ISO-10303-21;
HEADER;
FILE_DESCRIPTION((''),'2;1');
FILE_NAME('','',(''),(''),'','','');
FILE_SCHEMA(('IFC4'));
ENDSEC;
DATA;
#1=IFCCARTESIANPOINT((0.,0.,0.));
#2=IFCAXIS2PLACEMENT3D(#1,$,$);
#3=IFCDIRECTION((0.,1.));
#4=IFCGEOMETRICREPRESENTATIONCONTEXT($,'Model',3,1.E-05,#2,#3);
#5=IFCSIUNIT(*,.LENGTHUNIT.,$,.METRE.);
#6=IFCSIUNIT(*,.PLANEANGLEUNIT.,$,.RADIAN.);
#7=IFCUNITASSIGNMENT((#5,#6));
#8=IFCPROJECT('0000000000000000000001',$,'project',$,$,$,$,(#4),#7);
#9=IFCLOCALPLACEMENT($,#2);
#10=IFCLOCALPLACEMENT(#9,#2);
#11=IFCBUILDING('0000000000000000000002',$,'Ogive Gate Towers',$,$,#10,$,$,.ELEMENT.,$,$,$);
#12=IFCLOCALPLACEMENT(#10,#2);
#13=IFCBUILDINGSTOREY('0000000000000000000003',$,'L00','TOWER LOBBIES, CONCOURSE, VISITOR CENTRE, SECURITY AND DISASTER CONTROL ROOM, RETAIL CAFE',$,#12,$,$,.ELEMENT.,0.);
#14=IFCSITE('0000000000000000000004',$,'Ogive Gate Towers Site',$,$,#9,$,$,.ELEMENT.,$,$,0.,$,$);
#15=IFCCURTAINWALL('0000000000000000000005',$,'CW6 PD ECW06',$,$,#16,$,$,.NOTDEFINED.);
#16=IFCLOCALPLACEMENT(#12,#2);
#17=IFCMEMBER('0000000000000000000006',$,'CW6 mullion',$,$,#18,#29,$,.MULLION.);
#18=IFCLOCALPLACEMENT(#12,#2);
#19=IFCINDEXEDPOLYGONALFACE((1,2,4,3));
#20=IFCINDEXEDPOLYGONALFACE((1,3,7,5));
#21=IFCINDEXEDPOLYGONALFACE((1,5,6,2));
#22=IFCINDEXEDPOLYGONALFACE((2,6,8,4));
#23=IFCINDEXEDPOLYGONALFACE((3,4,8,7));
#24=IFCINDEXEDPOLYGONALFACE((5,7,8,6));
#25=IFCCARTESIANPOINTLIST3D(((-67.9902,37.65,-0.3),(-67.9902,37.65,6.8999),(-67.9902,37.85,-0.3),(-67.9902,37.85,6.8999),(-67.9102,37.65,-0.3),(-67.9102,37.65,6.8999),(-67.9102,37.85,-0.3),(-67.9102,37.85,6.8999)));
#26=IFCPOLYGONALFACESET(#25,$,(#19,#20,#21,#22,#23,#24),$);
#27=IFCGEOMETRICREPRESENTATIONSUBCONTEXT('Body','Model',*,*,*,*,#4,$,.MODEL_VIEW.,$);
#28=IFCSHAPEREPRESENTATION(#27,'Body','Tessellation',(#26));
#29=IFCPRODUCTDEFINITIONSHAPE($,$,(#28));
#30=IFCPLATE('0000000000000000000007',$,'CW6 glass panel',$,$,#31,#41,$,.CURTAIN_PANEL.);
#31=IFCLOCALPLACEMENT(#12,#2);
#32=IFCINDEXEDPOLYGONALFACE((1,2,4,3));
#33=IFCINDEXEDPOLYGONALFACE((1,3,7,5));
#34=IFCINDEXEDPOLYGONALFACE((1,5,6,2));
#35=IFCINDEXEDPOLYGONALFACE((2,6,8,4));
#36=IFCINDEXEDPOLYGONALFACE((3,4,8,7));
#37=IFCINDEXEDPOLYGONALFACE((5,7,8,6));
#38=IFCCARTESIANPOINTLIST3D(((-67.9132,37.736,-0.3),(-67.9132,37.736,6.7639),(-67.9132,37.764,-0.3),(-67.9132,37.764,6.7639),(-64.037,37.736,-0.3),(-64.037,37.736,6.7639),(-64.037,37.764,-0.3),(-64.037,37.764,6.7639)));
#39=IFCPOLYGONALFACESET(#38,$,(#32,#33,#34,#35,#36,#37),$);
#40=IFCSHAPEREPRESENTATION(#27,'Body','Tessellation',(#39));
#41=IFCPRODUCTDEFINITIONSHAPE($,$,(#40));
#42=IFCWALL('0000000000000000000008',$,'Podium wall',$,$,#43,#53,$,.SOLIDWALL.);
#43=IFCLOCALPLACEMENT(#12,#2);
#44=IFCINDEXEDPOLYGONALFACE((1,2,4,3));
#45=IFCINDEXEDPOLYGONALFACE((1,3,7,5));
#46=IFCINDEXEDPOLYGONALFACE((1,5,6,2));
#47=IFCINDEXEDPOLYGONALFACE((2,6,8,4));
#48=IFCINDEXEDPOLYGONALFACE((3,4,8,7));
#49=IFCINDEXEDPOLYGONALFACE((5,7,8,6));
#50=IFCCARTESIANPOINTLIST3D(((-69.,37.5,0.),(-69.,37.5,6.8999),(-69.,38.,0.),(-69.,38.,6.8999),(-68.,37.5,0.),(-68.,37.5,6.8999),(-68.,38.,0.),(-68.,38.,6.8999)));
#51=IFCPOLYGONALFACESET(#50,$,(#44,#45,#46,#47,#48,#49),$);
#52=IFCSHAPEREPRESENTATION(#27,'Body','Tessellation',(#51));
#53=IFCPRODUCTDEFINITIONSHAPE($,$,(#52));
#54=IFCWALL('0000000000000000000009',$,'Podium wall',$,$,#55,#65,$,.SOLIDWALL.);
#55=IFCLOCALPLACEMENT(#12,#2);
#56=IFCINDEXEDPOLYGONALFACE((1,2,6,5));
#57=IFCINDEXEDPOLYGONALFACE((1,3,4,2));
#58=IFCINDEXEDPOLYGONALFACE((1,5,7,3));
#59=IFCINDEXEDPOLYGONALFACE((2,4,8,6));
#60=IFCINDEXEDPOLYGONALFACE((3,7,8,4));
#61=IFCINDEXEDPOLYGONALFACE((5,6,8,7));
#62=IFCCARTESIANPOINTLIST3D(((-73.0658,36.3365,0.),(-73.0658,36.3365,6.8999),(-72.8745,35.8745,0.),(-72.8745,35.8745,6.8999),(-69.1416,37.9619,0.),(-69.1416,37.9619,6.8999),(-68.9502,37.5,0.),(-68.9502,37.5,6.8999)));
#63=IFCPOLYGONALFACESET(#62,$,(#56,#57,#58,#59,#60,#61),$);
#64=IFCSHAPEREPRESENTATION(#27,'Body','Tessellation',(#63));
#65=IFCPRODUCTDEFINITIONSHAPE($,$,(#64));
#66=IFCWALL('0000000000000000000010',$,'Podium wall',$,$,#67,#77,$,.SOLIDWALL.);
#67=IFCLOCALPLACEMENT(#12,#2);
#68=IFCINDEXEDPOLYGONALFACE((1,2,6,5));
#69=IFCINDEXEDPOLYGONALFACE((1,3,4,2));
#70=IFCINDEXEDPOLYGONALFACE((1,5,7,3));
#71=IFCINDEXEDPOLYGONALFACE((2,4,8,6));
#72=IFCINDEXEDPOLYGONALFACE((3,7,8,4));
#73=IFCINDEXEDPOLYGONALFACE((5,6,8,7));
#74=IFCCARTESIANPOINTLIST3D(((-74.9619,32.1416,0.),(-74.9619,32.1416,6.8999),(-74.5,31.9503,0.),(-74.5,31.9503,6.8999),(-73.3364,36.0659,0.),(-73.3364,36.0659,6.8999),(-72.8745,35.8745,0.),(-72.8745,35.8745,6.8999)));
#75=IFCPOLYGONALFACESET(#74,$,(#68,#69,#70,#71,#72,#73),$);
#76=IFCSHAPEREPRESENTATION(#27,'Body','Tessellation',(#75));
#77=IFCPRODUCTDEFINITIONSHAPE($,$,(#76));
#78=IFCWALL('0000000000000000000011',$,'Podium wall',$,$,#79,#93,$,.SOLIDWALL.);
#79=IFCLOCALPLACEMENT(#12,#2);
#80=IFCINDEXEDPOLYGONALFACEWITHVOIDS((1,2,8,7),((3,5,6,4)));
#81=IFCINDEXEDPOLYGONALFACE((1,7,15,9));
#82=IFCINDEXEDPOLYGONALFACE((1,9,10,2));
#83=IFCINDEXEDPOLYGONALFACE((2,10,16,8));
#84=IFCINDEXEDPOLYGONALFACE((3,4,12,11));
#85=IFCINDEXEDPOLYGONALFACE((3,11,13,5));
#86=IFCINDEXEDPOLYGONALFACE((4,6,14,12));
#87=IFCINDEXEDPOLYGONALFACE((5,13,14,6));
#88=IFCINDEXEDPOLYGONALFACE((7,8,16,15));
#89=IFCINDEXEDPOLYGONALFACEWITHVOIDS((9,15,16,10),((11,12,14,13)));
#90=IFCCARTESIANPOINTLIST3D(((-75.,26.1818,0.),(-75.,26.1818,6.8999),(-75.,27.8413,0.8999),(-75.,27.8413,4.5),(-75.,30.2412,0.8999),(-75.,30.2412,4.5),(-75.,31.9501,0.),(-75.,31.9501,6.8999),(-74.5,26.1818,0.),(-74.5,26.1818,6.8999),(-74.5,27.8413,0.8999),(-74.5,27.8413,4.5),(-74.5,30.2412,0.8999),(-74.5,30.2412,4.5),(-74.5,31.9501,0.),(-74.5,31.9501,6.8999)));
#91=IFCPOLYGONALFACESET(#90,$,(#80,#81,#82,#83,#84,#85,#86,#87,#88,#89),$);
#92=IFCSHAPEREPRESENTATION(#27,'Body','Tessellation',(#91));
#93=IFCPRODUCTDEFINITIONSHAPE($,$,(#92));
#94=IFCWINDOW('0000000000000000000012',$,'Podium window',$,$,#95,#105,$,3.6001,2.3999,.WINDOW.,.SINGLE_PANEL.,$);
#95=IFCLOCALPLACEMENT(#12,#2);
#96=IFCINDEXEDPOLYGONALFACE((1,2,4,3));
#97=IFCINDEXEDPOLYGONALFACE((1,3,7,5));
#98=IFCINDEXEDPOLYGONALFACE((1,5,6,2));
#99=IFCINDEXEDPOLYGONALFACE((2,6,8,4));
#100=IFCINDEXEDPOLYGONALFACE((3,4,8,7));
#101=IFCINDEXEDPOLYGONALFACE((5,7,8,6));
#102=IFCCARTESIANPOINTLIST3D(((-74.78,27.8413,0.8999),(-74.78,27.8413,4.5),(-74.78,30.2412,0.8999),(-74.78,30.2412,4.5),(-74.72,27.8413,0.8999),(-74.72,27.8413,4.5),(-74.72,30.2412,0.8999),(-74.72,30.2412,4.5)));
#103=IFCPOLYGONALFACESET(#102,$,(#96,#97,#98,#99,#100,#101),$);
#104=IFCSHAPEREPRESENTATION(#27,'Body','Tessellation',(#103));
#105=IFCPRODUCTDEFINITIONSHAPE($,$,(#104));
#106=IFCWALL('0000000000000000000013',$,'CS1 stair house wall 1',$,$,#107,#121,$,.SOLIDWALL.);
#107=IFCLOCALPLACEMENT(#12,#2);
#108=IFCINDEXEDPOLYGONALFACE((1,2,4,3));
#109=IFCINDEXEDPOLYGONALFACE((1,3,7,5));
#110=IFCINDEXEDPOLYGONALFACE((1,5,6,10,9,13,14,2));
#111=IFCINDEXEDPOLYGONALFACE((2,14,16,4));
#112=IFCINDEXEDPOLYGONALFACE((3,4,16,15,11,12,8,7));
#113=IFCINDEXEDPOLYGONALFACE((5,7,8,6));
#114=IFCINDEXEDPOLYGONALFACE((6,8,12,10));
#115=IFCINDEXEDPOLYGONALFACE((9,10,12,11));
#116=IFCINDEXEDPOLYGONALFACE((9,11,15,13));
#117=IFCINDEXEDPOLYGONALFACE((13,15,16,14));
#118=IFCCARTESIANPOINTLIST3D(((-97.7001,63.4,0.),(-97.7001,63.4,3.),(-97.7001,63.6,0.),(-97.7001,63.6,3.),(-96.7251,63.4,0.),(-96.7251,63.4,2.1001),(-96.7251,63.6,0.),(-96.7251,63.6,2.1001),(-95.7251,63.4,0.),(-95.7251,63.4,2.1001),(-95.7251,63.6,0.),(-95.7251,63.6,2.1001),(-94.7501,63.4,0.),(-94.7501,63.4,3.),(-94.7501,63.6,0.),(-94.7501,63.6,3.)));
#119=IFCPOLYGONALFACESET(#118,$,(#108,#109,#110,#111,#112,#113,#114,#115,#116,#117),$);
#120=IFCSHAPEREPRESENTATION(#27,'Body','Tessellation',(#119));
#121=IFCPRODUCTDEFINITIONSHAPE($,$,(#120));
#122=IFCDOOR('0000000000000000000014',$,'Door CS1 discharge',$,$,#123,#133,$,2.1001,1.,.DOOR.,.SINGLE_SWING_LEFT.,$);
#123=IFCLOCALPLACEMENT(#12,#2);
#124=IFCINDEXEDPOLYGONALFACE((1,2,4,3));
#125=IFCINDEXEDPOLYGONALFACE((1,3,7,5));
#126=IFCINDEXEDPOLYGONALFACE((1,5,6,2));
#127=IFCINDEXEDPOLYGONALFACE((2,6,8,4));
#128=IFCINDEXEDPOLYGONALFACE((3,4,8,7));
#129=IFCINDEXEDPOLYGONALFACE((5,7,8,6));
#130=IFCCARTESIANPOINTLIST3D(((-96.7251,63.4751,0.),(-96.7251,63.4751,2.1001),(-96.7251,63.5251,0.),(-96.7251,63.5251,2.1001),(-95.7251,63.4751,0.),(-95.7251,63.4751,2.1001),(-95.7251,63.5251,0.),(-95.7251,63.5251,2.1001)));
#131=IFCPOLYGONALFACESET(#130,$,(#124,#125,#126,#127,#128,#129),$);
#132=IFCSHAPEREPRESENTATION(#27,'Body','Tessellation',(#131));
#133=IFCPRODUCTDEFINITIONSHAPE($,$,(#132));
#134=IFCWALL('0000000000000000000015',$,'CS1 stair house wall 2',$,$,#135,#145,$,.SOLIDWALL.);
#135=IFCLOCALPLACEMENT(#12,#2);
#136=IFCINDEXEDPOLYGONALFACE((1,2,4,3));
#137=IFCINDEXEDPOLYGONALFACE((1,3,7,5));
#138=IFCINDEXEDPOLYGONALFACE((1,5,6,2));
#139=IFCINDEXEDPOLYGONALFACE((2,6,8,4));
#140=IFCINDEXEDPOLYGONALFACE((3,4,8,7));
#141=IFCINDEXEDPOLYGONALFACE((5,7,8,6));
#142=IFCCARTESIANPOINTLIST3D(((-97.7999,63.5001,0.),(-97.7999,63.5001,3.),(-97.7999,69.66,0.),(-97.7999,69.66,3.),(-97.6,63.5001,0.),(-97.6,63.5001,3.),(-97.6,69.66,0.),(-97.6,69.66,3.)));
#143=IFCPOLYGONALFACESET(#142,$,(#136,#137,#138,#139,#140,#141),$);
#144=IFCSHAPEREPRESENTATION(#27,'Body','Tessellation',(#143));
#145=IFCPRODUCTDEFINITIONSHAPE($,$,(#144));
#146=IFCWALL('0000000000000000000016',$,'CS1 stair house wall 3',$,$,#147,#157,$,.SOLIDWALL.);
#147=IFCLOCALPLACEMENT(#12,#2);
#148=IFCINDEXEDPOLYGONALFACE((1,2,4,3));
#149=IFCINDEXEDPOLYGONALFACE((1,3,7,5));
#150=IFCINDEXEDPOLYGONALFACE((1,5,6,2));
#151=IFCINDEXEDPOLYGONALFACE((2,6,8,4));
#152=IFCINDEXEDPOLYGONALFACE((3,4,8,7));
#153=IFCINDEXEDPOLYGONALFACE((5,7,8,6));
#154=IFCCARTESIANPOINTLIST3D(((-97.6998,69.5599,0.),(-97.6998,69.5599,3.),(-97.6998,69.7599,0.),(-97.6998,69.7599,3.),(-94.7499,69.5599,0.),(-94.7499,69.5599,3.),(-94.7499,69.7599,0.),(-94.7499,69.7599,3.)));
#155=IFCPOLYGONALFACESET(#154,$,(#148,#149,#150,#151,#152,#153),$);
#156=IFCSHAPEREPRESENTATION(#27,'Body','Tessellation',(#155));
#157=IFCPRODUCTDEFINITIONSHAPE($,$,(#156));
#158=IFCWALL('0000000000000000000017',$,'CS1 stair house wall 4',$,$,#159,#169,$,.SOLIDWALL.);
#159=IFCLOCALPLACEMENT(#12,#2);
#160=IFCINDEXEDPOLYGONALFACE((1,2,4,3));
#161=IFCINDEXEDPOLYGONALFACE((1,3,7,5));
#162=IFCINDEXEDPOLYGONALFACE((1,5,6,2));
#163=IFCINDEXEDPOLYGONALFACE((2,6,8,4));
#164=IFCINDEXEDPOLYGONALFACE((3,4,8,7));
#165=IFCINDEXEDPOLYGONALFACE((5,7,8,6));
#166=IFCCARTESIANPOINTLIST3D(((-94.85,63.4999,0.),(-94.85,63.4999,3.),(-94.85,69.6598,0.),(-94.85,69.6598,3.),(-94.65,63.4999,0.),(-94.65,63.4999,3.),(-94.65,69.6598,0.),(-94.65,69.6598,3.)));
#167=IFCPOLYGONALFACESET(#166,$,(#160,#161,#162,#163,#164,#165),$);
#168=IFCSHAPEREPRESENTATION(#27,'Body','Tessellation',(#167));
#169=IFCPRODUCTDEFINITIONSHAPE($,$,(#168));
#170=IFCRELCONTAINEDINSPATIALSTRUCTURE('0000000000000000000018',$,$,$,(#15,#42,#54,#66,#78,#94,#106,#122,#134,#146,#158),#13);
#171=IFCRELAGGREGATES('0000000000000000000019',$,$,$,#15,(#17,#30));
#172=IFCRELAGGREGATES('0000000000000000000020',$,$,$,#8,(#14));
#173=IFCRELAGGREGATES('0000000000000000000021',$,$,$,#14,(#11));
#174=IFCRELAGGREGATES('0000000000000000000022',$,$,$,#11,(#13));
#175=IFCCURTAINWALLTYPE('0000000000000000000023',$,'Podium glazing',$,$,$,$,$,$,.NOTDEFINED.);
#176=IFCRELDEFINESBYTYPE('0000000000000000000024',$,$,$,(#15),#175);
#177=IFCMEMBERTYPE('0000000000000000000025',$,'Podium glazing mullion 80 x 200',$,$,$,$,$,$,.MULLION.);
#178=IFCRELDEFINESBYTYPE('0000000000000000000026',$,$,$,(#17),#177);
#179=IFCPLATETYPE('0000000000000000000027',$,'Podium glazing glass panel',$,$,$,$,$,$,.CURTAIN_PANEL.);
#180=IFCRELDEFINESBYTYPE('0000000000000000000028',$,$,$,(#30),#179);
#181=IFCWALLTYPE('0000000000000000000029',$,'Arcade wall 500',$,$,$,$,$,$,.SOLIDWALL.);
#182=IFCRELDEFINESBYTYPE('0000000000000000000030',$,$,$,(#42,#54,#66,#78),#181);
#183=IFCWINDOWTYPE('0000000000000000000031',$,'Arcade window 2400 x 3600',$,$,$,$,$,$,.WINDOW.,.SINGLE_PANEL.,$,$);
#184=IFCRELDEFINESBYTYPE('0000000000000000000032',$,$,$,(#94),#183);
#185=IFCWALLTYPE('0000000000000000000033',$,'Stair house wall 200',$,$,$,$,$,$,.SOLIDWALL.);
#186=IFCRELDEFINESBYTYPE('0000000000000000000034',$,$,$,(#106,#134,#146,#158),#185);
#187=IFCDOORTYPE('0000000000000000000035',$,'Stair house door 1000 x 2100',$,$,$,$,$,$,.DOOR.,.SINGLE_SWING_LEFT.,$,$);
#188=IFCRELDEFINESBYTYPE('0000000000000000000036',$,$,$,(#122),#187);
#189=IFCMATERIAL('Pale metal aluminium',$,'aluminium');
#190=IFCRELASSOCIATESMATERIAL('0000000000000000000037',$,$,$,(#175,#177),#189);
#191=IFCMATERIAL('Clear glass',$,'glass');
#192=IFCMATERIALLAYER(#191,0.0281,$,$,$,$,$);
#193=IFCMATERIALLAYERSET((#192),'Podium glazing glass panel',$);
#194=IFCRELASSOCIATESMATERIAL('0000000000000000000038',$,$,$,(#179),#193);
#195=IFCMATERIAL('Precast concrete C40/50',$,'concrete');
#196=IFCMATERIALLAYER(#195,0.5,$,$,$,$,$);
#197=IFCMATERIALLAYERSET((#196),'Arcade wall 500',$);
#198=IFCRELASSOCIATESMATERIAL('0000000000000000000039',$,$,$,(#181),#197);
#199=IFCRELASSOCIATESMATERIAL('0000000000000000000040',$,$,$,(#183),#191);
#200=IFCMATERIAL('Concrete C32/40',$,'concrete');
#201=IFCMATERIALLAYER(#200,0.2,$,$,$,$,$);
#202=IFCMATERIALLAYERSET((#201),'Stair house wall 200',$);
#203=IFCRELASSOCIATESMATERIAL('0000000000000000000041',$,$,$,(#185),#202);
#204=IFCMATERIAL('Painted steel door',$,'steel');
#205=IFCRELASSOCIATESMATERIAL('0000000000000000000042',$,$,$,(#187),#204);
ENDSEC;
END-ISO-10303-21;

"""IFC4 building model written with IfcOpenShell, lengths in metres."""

from ifc_helpers import new_model, si_unit, direction, frame, frame_2d, origin, origin_2d, place, context, subcontext, project, spatial, rectangle, extrude, material, layer, layer_set, material_profile, profile_set, type_object, element, fill, aggregate, save


model = new_model("IFC4")

# Units and contexts
model_context = context("Model", 3, precision=1e-05, world=origin(), true_north=direction((0.0, 1.0)))
body_context = subcontext(model_context, "Body", "Model", "MODEL_VIEW")
ifc_project = project(units=[si_unit("LENGTHUNIT", "METRE"), si_unit("PLANEANGLEUNIT", "RADIAN")], contexts=[model_context])

# Site, building, storey
site_placement = place(None, origin())
site = spatial("IfcSite", under=ifc_project, at=site_placement, Name="Ogive Gate Towers Site", CompositionType="ELEMENT", RefElevation=0.0)
building_placement = place(site_placement, origin())
building = spatial("IfcBuilding", under=site, at=building_placement, Name="Ogive Gate Towers", CompositionType="ELEMENT")
storey_placement = place(building_placement, origin())
storey = spatial("IfcBuildingStorey", under=building, at=storey_placement, Name="L00", Description="TOWER LOBBIES, CONCOURSE, VISITOR CENTRE, SECURITY AND DISASTER CONTROL ROOM, RETAIL CAFE", CompositionType="ELEMENT", Elevation=0.0)

# Shared definitions
ifc_material_1 = material(Name="Precast concrete C40/50", Category="concrete")

# Curtain wall, member, plate
ifc_material_2 = material(Name="Pale metal aluminium", Category="aluminium")
curtain_wall_type = type_object("IfcCurtainWallType", Name="Podium glazing", PredefinedType="NOTDEFINED", material=ifc_material_2)
curtain_wall_placement = place(storey_placement, origin())
curtain_wall = element("IfcCurtainWall", 1, at=curtain_wall_placement, inside=storey, type_object=curtain_wall_type, Name="CW6 PD ECW06", PredefinedType="NOTDEFINED")
ifc_material_profile_1 = material_profile(ifc_material_2, rectangle(XDim=0.2, YDim=0.0801, at=origin_2d()), Name="80 x 200 aluminium box")
ifc_profile_set_1 = profile_set([ifc_material_profile_1], Name="Pale metal aluminium")
member_type_1 = type_object("IfcMemberType", Name="Podium glazing mullion 80 x 200", PredefinedType="MULLION", material=ifc_profile_set_1)
member_1_placement = place(storey_placement, frame((-67.9502, 37.75, -0.3), z_axis=(0.0, 0.0, 1.0), x_axis=(0.0, 1.0, 0.0)))
member_1 = element("IfcMember", 2, at=member_1_placement, type_object=member_type_1, Name="CW6 mullion", PredefinedType="MULLION", context=body_context, shape_type="SweptSolid", body=[
    extrude(rectangle(XDim=0.2, YDim=0.0801, at=origin_2d()), origin(), (0.0, 0.0, 1.0), 7.2),
])
ifc_material_3 = material(Name="Clear glass", Category="glass")
ifc_layer_1 = layer(ifc_material_3, 0.0281)
ifc_layer_set_1 = layer_set([ifc_layer_1], Name="Podium glazing glass panel")
plate_type = type_object("IfcPlateType", Name="Podium glazing glass panel", PredefinedType="CURTAIN_PANEL", material=ifc_layer_set_1)
plate_placement = place(storey_placement, frame((-65.9751, 37.75, -0.3), z_axis=(0.0, 0.0, 1.0), x_axis=(-1.0, 0.0, 0.0)))
plate = element("IfcPlate", 3, at=plate_placement, type_object=plate_type, Name="CW6 glass panel", PredefinedType="CURTAIN_PANEL", context=body_context, shape_type="SweptSolid", body=[
    extrude(rectangle(XDim=3.8762, YDim=0.0281, at=origin_2d()), origin(), (0.0, 0.0, 1.0), 7.064),
])
aggregate(curtain_wall, [member_1, plate])

# Walls
ifc_layer_2 = layer(ifc_material_1, 0.5)
ifc_layer_set_2 = layer_set([ifc_layer_2], Name="Arcade wall 500")
wall_type_1 = type_object("IfcWallType", Name="Arcade wall 500", PredefinedType="SOLIDWALL", material=ifc_layer_set_2)
wall_1_placement = place(storey_placement, frame((-68.0, 37.75, 0.0), z_axis=(0.0, 0.0, 1.0), x_axis=(-1.0, 0.0, 0.0)))
element("IfcWall", 4, at=wall_1_placement, inside=storey, type_object=wall_type_1, Name="Podium wall", PredefinedType="SOLIDWALL", context=body_context, shape_type="SweptSolid", body=[
    extrude(rectangle(XDim=1.0, YDim=0.5, at=frame_2d((0.5, 0.0))), origin(), (0.0, 0.0, 1.0), 6.8999),
])
for number, where, z_axis, x_axis, name in (
    (5, (-69.0459, 37.731, 0.0), (0.0, 0.0, 1.0), (-0.923881, -0.38268, 0.0), "Podium wall"),
    (6, (-73.1055, 35.9702, 0.0), (0.0, 0.0, 1.0), (-0.38268, -0.923881, 0.0), "Podium wall"),
):
    element("IfcWall", number, at=place(storey_placement, frame(where, z_axis=z_axis, x_axis=x_axis)), inside=storey, type_object=wall_type_1, Name=name, PredefinedType="SOLIDWALL", context=body_context, shape_type="SweptSolid", body=[
        extrude(rectangle(XDim=4.2476, YDim=0.5, at=frame_2d((2.1238, 0.0))), origin(), (0.0, 0.0, 1.0), 6.8999),
    ])

# Wall, opening, window
wall_2_placement = place(storey_placement, frame((-74.75, 31.9502, 0.0), z_axis=(0.0, 0.0, 1.0), x_axis=(0.0, -1.0, 0.0)))
wall_2 = element("IfcWall", 7, at=wall_2_placement, inside=storey, type_object=wall_type_1, Name="Podium wall", PredefinedType="SOLIDWALL", context=body_context, shape_type="SweptSolid", body=[
    extrude(rectangle(XDim=5.7683, YDim=0.5, at=frame_2d((2.8843, 0.0))), origin(), (0.0, 0.0, 1.0), 6.8999),
])
opening_1_placement = place(wall_2_placement, frame((1.709, 0.0, 0.8999)))
opening_1 = element("IfcOpeningElement", 8, at=opening_1_placement, cuts=wall_2, PredefinedType="OPENING", context=body_context, shape_type="SweptSolid", body=[
    extrude(rectangle(XDim=2.3999, YDim=3.6001, at=frame_2d((1.2, 1.8))), frame((0.0, 0.26, 0.0), z_axis=(0.0, -1.0, 0.0), x_axis=(1.0, 0.0, 0.0)), (0.0, 0.0, 1.0), 0.52),
])
window_type = type_object("IfcWindowType", Name="Arcade window 2400 x 3600", PartitioningType="SINGLE_PANEL", PredefinedType="WINDOW", material=ifc_material_3)
window_placement = place(opening_1_placement, origin())
window = element("IfcWindow", 9, at=window_placement, inside=storey, type_object=window_type, Name="Podium window", OverallHeight=3.6001, OverallWidth=2.3999, PartitioningType="SINGLE_PANEL", PredefinedType="WINDOW", context=body_context, shape_type="SweptSolid", body=[
    extrude(rectangle(XDim=2.3999, YDim=3.6001, at=frame_2d((1.2, 1.8))), frame((0.0, 0.03, 0.0), z_axis=(0.0, -1.0, 0.0), x_axis=(1.0, 0.0, 0.0)), (0.0, 0.0, 1.0), 0.0601),
])
fill(opening_1, window)

# Wall, opening, door
ifc_material_4 = material(Name="Concrete C32/40", Category="concrete")
ifc_layer_3 = layer(ifc_material_4, 0.2)
ifc_layer_set_3 = layer_set([ifc_layer_3], Name="Stair house wall 200")
wall_type_2 = type_object("IfcWallType", Name="Stair house wall 200", PredefinedType="SOLIDWALL", material=ifc_layer_set_3)
wall_3_placement = place(storey_placement, frame((-94.75, 63.5, 0.0), z_axis=(0.0, 0.0, 1.0), x_axis=(-1.0, 0.0, 0.0)))
wall_3 = element("IfcWall", 10, at=wall_3_placement, inside=storey, type_object=wall_type_2, Name="CS1 stair house wall 1", PredefinedType="SOLIDWALL", context=body_context, shape_type="SweptSolid", body=[
    extrude(rectangle(XDim=2.95, YDim=0.2, at=frame_2d((1.4751, 0.0))), origin(), (0.0, 0.0, 1.0), 3.0),
])
opening_2_placement = place(wall_3_placement, frame((0.9751, 0.0, 0.0)))
opening_2 = element("IfcOpeningElement", 11, at=opening_2_placement, cuts=wall_3, PredefinedType="OPENING", context=body_context, shape_type="SweptSolid", body=[
    extrude(rectangle(XDim=1.0, YDim=2.1001, at=frame_2d((0.5, 1.05))), frame((0.0, 0.1099, 0.0), z_axis=(0.0, -1.0, 0.0), x_axis=(1.0, 0.0, 0.0)), (0.0, 0.0, 1.0), 0.22),
])
ifc_material_5 = material(Name="Painted steel door", Category="steel")
door_type = type_object("IfcDoorType", Name="Stair house door 1000 x 2100", OperationType="SINGLE_SWING_LEFT", PredefinedType="DOOR", material=ifc_material_5)
door_placement = place(opening_2_placement, origin())
door = element("IfcDoor", 12, at=door_placement, inside=storey, type_object=door_type, Name="Door CS1 discharge", OperationType="SINGLE_SWING_LEFT", OverallHeight=2.1001, OverallWidth=1.0, PredefinedType="DOOR", context=body_context, shape_type="SweptSolid", body=[
    extrude(rectangle(XDim=1.0, YDim=2.1001, at=frame_2d((0.5, 1.05))), frame((0.0, 0.0249, 0.0), z_axis=(0.0, -1.0, 0.0), x_axis=(1.0, 0.0, 0.0)), (0.0, 0.0, 1.0), 0.05),
])
fill(opening_2, door)

# Walls
wall_4_placement = place(storey_placement, frame((-97.7, 63.5, 0.0), z_axis=(0.0, 0.0, 1.0), x_axis=(0.0, 1.0, 0.0)))
element("IfcWall", 13, at=wall_4_placement, inside=storey, type_object=wall_type_2, Name="CS1 stair house wall 2", PredefinedType="SOLIDWALL", context=body_context, shape_type="SweptSolid", body=[
    extrude(rectangle(XDim=6.1599, YDim=0.2, at=frame_2d((3.0801, 0.0))), origin(), (0.0, 0.0, 1.0), 3.0),
])
wall_5_placement = place(storey_placement, frame((-97.7, 69.6599, 0.0), z_axis=(0.0, 0.0, 1.0), x_axis=(1.0, 0.0, 0.0)))
element("IfcWall", 14, at=wall_5_placement, inside=storey, type_object=wall_type_2, Name="CS1 stair house wall 3", PredefinedType="SOLIDWALL", context=body_context, shape_type="SweptSolid", body=[
    extrude(rectangle(XDim=2.95, YDim=0.2, at=frame_2d((1.4751, 0.0))), origin(), (0.0, 0.0, 1.0), 3.0),
])
wall_6_placement = place(storey_placement, frame((-94.75, 69.6599, 0.0), z_axis=(0.0, 0.0, 1.0), x_axis=(0.0, -1.0, 0.0)))
element("IfcWall", 15, at=wall_6_placement, inside=storey, type_object=wall_type_2, Name="CS1 stair house wall 4", PredefinedType="SOLIDWALL", context=body_context, shape_type="SweptSolid", body=[
    extrude(rectangle(XDim=6.1599, YDim=0.2, at=frame_2d((3.0801, 0.0))), origin(), (0.0, 0.0, 1.0), 3.0),
])

save(model, "model.ifc")
